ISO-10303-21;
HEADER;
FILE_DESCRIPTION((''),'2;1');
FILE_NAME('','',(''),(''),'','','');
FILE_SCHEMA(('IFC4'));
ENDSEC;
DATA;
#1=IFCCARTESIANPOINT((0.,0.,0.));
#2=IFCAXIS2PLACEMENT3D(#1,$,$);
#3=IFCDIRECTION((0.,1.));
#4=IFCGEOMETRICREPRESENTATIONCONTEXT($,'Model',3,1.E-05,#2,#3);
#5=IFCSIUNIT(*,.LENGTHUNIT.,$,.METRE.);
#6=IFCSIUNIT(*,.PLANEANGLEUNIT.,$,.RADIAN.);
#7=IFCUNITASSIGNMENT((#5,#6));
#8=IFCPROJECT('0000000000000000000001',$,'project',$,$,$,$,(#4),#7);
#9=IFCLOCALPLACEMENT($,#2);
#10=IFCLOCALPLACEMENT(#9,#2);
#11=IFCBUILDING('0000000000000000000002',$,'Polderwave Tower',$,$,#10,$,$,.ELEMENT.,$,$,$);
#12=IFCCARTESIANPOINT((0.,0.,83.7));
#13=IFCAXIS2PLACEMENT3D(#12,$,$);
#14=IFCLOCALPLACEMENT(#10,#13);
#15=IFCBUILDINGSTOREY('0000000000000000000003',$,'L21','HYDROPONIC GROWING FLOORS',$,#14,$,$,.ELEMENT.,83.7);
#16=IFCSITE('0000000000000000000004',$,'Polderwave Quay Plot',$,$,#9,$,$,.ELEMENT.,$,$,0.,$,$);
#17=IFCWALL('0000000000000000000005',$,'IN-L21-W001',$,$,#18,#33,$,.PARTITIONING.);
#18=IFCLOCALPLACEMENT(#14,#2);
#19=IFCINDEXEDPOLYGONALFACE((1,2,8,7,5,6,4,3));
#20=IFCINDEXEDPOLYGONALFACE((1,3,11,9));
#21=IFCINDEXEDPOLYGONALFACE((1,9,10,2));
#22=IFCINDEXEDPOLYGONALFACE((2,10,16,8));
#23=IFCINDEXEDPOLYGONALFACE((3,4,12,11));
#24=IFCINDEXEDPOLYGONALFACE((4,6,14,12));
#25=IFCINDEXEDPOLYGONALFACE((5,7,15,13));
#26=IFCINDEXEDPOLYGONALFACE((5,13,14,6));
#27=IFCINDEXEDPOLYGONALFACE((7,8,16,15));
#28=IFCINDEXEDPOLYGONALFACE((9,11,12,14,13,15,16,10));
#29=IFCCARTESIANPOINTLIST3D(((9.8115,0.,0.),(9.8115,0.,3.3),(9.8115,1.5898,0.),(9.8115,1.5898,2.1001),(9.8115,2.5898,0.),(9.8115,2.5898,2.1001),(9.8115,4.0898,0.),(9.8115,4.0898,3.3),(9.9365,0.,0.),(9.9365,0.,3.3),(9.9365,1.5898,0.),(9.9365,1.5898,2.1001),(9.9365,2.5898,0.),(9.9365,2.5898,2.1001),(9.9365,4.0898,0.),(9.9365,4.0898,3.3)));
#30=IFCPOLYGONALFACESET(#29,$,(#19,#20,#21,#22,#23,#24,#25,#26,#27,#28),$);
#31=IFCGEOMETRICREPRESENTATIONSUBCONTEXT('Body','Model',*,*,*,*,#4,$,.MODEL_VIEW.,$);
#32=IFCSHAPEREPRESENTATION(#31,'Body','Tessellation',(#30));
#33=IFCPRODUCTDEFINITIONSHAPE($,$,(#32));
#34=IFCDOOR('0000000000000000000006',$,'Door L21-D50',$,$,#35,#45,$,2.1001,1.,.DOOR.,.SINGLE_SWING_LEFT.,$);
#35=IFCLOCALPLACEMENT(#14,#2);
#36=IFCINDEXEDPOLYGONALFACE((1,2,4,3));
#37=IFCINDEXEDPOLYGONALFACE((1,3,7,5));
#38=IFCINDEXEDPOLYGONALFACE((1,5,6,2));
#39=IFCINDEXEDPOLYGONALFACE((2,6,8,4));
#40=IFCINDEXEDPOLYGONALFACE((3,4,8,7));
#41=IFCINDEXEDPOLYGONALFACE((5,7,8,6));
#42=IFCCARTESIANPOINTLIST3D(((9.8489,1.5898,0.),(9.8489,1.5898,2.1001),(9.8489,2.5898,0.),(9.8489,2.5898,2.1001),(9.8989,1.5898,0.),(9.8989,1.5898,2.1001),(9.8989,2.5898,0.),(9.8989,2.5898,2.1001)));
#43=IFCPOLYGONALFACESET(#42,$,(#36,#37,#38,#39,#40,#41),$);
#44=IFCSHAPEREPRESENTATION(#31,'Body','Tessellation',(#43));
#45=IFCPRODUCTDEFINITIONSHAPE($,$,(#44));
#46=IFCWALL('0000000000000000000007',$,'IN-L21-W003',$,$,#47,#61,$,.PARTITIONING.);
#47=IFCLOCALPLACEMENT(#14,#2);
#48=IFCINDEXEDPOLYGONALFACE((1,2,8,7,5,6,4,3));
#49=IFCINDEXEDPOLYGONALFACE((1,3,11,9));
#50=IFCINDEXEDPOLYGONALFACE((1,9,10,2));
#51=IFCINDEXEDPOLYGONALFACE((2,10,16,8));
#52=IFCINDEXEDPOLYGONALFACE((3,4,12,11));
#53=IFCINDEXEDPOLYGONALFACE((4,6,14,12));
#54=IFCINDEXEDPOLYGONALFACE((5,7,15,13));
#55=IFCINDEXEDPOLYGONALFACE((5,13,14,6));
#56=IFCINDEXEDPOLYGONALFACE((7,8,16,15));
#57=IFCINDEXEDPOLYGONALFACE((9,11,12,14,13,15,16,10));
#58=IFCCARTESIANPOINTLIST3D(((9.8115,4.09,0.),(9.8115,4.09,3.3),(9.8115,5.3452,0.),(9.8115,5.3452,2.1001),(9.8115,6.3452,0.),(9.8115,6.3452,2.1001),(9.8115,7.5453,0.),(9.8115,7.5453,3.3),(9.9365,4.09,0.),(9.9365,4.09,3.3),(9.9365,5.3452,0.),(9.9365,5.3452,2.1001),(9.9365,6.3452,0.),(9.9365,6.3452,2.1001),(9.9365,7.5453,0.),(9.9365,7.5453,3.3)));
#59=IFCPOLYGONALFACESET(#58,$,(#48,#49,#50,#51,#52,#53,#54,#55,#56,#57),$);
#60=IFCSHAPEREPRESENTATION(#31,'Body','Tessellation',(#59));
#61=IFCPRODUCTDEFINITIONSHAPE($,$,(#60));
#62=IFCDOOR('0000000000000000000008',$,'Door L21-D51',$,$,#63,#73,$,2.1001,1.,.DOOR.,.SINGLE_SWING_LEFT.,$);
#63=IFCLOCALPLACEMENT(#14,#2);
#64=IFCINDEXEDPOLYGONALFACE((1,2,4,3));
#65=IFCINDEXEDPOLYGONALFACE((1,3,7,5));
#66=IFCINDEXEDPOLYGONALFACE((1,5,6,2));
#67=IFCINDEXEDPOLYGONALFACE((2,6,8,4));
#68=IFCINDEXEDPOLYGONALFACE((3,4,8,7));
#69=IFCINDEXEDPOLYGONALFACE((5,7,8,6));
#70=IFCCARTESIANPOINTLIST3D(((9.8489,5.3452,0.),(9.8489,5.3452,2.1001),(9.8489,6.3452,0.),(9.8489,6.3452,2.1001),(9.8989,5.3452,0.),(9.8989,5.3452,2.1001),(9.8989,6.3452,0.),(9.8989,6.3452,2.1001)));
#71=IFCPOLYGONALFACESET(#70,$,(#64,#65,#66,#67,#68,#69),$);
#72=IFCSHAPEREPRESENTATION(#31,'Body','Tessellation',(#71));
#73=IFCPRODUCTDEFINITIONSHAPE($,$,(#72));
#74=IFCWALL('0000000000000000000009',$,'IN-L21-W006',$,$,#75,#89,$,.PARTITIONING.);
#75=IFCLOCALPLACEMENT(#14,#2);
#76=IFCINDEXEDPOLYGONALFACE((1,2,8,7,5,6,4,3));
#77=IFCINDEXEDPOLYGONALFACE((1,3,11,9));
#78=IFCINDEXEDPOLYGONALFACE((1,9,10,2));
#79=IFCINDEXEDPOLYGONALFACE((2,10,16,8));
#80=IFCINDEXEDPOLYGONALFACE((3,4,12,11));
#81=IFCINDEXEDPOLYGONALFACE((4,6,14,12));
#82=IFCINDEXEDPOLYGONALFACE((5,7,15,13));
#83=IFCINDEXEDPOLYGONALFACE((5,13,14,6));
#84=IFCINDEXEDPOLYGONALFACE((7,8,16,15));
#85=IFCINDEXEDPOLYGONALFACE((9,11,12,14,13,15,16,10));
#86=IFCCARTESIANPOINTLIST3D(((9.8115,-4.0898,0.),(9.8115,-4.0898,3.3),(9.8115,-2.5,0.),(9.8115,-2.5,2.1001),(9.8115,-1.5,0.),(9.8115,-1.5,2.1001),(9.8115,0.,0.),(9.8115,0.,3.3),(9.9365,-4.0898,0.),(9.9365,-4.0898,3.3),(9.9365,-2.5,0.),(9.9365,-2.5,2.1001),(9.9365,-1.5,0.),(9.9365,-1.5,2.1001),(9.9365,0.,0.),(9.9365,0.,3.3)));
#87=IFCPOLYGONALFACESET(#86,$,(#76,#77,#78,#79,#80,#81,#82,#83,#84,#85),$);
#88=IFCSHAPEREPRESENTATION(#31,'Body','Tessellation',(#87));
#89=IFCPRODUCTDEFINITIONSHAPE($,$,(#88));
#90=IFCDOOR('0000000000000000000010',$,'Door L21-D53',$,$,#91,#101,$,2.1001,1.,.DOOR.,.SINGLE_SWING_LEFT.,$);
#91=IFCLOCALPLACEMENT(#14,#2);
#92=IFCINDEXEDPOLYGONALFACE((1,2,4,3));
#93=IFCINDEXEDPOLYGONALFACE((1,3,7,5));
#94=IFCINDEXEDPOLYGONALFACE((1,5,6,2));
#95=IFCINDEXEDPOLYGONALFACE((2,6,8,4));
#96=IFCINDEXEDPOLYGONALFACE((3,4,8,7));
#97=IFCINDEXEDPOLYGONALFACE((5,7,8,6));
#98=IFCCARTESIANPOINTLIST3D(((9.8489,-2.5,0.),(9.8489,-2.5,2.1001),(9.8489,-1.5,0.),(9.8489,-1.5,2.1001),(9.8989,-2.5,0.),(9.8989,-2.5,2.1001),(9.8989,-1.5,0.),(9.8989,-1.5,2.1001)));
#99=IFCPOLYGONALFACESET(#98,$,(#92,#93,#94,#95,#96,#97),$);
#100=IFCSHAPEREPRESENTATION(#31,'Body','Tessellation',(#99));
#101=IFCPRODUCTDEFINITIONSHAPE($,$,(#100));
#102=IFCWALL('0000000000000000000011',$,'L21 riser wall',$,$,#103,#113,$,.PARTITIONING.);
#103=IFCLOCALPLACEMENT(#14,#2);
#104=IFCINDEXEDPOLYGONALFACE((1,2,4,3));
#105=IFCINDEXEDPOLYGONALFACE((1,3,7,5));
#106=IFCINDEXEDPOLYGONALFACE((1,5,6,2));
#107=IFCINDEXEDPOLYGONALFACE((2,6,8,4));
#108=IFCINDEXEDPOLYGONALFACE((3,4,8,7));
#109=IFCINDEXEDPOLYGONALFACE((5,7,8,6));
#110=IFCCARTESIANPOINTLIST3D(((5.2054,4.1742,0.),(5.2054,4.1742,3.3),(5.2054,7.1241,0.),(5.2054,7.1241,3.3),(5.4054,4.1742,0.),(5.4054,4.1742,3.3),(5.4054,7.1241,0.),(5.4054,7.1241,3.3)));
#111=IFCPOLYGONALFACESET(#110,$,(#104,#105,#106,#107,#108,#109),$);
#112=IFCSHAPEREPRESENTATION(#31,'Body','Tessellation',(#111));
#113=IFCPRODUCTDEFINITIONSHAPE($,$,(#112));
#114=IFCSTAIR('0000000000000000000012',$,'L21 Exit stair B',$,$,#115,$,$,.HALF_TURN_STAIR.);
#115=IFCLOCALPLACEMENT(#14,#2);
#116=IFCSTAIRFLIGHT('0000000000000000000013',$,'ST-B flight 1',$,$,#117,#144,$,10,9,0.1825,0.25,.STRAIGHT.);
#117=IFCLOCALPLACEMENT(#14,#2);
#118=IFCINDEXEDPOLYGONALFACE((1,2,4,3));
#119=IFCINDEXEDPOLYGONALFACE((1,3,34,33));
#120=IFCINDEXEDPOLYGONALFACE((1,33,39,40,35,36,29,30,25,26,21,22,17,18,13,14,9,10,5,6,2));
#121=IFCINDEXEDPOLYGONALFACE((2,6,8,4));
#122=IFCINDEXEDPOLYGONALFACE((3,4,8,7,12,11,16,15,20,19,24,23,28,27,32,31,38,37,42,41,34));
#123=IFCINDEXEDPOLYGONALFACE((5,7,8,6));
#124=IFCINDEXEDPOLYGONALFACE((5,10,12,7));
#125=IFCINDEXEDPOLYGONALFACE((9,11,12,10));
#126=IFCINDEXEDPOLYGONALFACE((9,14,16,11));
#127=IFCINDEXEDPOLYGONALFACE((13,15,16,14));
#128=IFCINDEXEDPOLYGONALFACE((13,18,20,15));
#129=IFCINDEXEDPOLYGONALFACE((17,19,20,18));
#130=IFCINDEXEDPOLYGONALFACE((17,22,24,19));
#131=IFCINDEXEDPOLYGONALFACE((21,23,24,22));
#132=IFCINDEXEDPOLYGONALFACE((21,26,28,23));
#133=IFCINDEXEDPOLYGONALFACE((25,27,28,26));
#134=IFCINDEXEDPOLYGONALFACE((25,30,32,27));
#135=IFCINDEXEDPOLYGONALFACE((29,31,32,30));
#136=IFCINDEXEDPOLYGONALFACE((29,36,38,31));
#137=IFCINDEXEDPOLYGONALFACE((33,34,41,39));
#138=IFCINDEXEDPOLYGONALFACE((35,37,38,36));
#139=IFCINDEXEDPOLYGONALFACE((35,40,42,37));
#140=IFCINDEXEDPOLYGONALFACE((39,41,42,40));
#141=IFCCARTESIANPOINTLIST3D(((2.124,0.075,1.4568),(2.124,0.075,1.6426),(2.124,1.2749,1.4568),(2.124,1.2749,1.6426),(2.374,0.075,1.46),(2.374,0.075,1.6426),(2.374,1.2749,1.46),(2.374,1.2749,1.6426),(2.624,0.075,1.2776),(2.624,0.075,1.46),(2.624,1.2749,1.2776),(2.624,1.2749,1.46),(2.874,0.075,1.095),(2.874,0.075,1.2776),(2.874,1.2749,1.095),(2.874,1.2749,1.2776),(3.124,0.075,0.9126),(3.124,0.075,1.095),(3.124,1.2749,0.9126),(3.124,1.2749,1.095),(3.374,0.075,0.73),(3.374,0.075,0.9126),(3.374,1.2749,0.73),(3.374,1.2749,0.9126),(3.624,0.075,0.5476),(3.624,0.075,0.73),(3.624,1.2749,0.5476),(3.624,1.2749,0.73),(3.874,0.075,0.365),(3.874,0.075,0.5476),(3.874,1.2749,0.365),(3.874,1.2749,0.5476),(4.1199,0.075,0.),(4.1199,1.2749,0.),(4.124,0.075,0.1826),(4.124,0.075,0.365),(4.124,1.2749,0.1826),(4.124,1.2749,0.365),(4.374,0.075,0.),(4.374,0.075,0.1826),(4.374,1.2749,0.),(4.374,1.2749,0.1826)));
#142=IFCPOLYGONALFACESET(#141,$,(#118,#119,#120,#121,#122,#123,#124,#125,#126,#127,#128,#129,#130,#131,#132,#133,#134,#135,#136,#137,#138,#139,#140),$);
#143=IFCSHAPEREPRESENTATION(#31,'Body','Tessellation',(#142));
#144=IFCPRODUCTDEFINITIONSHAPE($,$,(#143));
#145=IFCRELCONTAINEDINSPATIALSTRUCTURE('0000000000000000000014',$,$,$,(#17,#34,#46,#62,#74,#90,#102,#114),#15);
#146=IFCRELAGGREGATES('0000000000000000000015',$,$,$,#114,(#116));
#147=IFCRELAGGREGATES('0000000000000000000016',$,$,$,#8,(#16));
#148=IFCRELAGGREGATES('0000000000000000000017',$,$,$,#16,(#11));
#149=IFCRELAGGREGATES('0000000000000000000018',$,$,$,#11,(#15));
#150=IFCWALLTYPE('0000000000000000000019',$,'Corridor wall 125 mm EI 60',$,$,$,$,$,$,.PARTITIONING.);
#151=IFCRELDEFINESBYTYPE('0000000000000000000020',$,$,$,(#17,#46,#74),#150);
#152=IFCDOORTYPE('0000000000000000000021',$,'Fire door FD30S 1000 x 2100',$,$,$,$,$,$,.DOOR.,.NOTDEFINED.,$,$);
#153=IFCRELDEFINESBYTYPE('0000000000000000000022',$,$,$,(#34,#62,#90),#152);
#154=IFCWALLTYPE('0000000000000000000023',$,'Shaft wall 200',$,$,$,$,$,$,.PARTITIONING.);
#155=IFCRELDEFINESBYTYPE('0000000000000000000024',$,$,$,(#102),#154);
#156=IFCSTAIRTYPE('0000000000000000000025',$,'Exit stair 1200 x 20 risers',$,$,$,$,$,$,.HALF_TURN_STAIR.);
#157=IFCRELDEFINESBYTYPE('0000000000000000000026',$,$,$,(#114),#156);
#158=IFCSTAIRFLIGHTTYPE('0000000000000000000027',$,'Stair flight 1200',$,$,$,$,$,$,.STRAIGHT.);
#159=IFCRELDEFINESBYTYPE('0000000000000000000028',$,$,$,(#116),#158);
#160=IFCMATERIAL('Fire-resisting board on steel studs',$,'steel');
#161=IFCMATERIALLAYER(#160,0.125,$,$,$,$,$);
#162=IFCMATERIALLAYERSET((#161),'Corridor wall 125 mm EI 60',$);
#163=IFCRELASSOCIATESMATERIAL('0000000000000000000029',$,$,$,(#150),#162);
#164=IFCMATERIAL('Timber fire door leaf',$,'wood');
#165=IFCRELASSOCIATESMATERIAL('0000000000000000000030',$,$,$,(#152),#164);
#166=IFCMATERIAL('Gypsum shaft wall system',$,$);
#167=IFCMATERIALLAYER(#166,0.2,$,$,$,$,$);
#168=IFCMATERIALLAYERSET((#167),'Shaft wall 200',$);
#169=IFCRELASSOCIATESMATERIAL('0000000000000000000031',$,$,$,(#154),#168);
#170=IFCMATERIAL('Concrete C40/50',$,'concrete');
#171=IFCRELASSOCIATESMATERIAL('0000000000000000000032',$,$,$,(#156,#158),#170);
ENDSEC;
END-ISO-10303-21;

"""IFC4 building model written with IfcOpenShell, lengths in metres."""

from ifc_helpers import new_model, si_unit, direction, frame, frame_2d, origin, place, context, subcontext, project, spatial, polyline, rectangle, outline, extrude, material, layer, layer_set, type_object, element, fill, aggregate, save


model = new_model("IFC4")

# Units and contexts
model_context = context("Model", 3, precision=1e-05, world=origin(), true_north=direction((0.0, 1.0)))
body_context = subcontext(model_context, "Body", "Model", "MODEL_VIEW")
ifc_project = project(units=[si_unit("LENGTHUNIT", "METRE"), si_unit("PLANEANGLEUNIT", "RADIAN")], contexts=[model_context])

# Site, building, storey
site_placement = place(None, origin())
site = spatial("IfcSite", under=ifc_project, at=site_placement, Name="Polderwave Quay Plot", CompositionType="ELEMENT", RefElevation=0.0)
building_placement = place(site_placement, origin())
building = spatial("IfcBuilding", under=site, at=building_placement, Name="Polderwave Tower", CompositionType="ELEMENT")
storey_placement = place(building_placement, frame((0.0, 0.0, 83.7)))
storey = spatial("IfcBuildingStorey", under=building, at=storey_placement, Name="L21", Description="HYDROPONIC GROWING FLOORS", CompositionType="ELEMENT", Elevation=83.7)

# Walls, openings, doors
ifc_material_1 = material(Name="Fire-resisting board on steel studs", Category="steel")
ifc_layer_1 = layer(ifc_material_1, 0.125)
ifc_layer_set_1 = layer_set([ifc_layer_1], Name="Corridor wall 125 mm EI 60")
wall_type_1 = type_object("IfcWallType", Name="Corridor wall 125 mm EI 60", PredefinedType="PARTITIONING", material=ifc_layer_set_1)
wall_1_placement = place(storey_placement, frame((9.874, 4.0898, 0.0), z_axis=(0.0, 0.0, 1.0), x_axis=(0.0, -1.0, 0.0)))
wall_1 = element("IfcWall", 1, at=wall_1_placement, inside=storey, type_object=wall_type_1, Name="IN-L21-W001", PredefinedType="PARTITIONING", context=body_context, shape_type="SweptSolid", body=[
    extrude(rectangle(XDim=4.0898, YDim=0.125, at=frame_2d((2.0449, 0.0))), origin(), (0.0, 0.0, 1.0), 3.3),
])
opening_1_placement = place(wall_1_placement, frame((1.5, 0.0, 0.0)))
opening_1 = element("IfcOpeningElement", 2, at=opening_1_placement, cuts=wall_1, PredefinedType="OPENING", context=body_context, shape_type="SweptSolid", body=[
    extrude(rectangle(XDim=1.0, YDim=2.1001, at=frame_2d((0.5, 1.05))), frame((0.0, 0.0725, 0.0), z_axis=(0.0, -1.0, 0.0), x_axis=(1.0, 0.0, 0.0)), (0.0, 0.0, 1.0), 0.145),
])
ifc_material_2 = material(Name="Timber fire door leaf", Category="wood")
door_type_1 = type_object("IfcDoorType", Name="Fire door FD30S 1000 x 2100", OperationType="NOTDEFINED", PredefinedType="DOOR", material=ifc_material_2)
door_1_placement = place(opening_1_placement, origin())
door_1 = element("IfcDoor", 3, at=door_1_placement, inside=storey, type_object=door_type_1, Name="Door L21-D50", OperationType="SINGLE_SWING_LEFT", OverallHeight=2.1001, OverallWidth=1.0, PredefinedType="DOOR", context=body_context, shape_type="SweptSolid", body=[
    extrude(rectangle(XDim=1.0, YDim=2.1001, at=frame_2d((0.5, 1.05))), frame((0.0, 0.0249, 0.0), z_axis=(0.0, -1.0, 0.0), x_axis=(1.0, 0.0, 0.0)), (0.0, 0.0, 1.0), 0.05),
])
fill(opening_1, door_1)
wall_2_placement = place(storey_placement, frame((9.874, 7.5452, 0.0), z_axis=(0.0, 0.0, 1.0), x_axis=(0.0, -1.0, 0.0)))
wall_2 = element("IfcWall", 4, at=wall_2_placement, inside=storey, type_object=wall_type_1, Name="IN-L21-W003", PredefinedType="PARTITIONING", context=body_context, shape_type="SweptSolid", body=[
    extrude(rectangle(XDim=3.4553, YDim=0.125, at=frame_2d((1.7275, 0.0))), origin(), (0.0, 0.0, 1.0), 3.3),
])
opening_2_placement = place(wall_2_placement, frame((1.2, 0.0, 0.0)))
opening_2 = element("IfcOpeningElement", 5, at=opening_2_placement, cuts=wall_2, PredefinedType="OPENING", context=body_context, shape_type="SweptSolid", body=[
    extrude(rectangle(XDim=1.0, YDim=2.1001, at=frame_2d((0.5, 1.05))), frame((0.0, 0.0725, 0.0), z_axis=(0.0, -1.0, 0.0), x_axis=(1.0, 0.0, 0.0)), (0.0, 0.0, 1.0), 0.145),
])
door_2_placement = place(opening_2_placement, origin())
door_2 = element("IfcDoor", 6, at=door_2_placement, inside=storey, type_object=door_type_1, Name="Door L21-D51", OperationType="SINGLE_SWING_LEFT", OverallHeight=2.1001, OverallWidth=1.0, PredefinedType="DOOR", context=body_context, shape_type="SweptSolid", body=[
    extrude(rectangle(XDim=1.0, YDim=2.1001, at=frame_2d((0.5, 1.05))), frame((0.0, 0.0249, 0.0), z_axis=(0.0, -1.0, 0.0), x_axis=(1.0, 0.0, 0.0)), (0.0, 0.0, 1.0), 0.05),
])
fill(opening_2, door_2)
wall_3_placement = place(storey_placement, frame((9.874, 0.0, 0.0), z_axis=(0.0, 0.0, 1.0), x_axis=(0.0, -1.0, 0.0)))
wall_3 = element("IfcWall", 7, at=wall_3_placement, inside=storey, type_object=wall_type_1, Name="IN-L21-W006", PredefinedType="PARTITIONING", context=body_context, shape_type="SweptSolid", body=[
    extrude(rectangle(XDim=4.0898, YDim=0.125, at=frame_2d((2.0449, 0.0))), origin(), (0.0, 0.0, 1.0), 3.3),
])
opening_3_placement = place(wall_3_placement, frame((1.5, 0.0, 0.0)))
opening_3 = element("IfcOpeningElement", 8, at=opening_3_placement, cuts=wall_3, PredefinedType="OPENING", context=body_context, shape_type="SweptSolid", body=[
    extrude(rectangle(XDim=1.0, YDim=2.1001, at=frame_2d((0.5, 1.05))), frame((0.0, 0.0725, 0.0), z_axis=(0.0, -1.0, 0.0), x_axis=(1.0, 0.0, 0.0)), (0.0, 0.0, 1.0), 0.145),
])
door_3_placement = place(opening_3_placement, origin())
door_3 = element("IfcDoor", 9, at=door_3_placement, inside=storey, type_object=door_type_1, Name="Door L21-D53", OperationType="SINGLE_SWING_LEFT", OverallHeight=2.1001, OverallWidth=1.0, PredefinedType="DOOR", context=body_context, shape_type="SweptSolid", body=[
    extrude(rectangle(XDim=1.0, YDim=2.1001, at=frame_2d((0.5, 1.05))), frame((0.0, 0.0249, 0.0), z_axis=(0.0, -1.0, 0.0), x_axis=(1.0, 0.0, 0.0)), (0.0, 0.0, 1.0), 0.05),
])
fill(opening_3, door_3)

# Wall
ifc_material_3 = material(Name="Gypsum shaft wall system")
ifc_layer_2 = layer(ifc_material_3, 0.2)
ifc_layer_set_2 = layer_set([ifc_layer_2], Name="Shaft wall 200")
wall_type_2 = type_object("IfcWallType", Name="Shaft wall 200", PredefinedType="PARTITIONING", material=ifc_layer_set_2)
wall_4_placement = place(storey_placement, frame((5.3054, 4.1741, 0.0), z_axis=(0.0, 0.0, 1.0), x_axis=(0.0, 1.0, 0.0)))
element("IfcWall", 10, at=wall_4_placement, inside=storey, type_object=wall_type_2, Name="L21 riser wall", PredefinedType="PARTITIONING", context=body_context, shape_type="SweptSolid", body=[
    extrude(rectangle(XDim=2.95, YDim=0.2, at=frame_2d((1.4751, 0.0))), origin(), (0.0, 0.0, 1.0), 3.3),
])

# Stair, stair flight
ifc_material_4 = material(Name="Concrete C40/50", Category="concrete")
stair_type = type_object("IfcStairType", Name="Exit stair 1200 x 20 risers", PredefinedType="HALF_TURN_STAIR", material=ifc_material_4)
stair_placement = place(storey_placement, origin())
stair = element("IfcStair", 11, at=stair_placement, inside=storey, type_object=stair_type, Name="L21 Exit stair B", PredefinedType="HALF_TURN_STAIR")
stair_flight_type = type_object("IfcStairFlightType", Name="Stair flight 1200", PredefinedType="STRAIGHT", material=ifc_material_4)
stair_flight_placement = place(storey_placement, frame((4.374, 0.675, 0.0), z_axis=(0.0, 0.0, 1.0), x_axis=(-1.0, 0.0, 0.0)))
stair_flight = element("IfcStairFlight", 12, at=stair_flight_placement, type_object=stair_flight_type, Name="ST-B flight 1", NumberOfRisers=10, NumberOfTreads=9, PredefinedType="STRAIGHT", RiserHeight=0.1825, TreadLength=0.25, context=body_context, shape_type="SweptSolid", body=[
    extrude(outline(polyline([(0.0, 0.0), (0.0, 0.1826), (0.25, 0.1826), (0.25, 0.365), (0.5, 0.365), (0.5, 0.5476), (0.75, 0.5476), (0.75, 0.73), (1.0, 0.73), (1.0, 0.9126), (1.25, 0.9126), (1.25, 1.095), (1.5, 1.095), (1.5, 1.2776), (1.75, 1.2776), (1.75, 1.46), (2.0, 1.46), (2.0, 1.6426), (2.25, 1.6426), (2.25, 1.825), (2.25, 1.4568), (0.2542, 0.0), (0.0, 0.0)])), frame((0.0, 0.6001, 0.0), z_axis=(0.0, -1.0, 0.0), x_axis=(1.0, 0.0, 0.0)), (0.0, 0.0, 1.0), 1.2),
])
aggregate(stair, [stair_flight])

save(model, "model.ifc")
